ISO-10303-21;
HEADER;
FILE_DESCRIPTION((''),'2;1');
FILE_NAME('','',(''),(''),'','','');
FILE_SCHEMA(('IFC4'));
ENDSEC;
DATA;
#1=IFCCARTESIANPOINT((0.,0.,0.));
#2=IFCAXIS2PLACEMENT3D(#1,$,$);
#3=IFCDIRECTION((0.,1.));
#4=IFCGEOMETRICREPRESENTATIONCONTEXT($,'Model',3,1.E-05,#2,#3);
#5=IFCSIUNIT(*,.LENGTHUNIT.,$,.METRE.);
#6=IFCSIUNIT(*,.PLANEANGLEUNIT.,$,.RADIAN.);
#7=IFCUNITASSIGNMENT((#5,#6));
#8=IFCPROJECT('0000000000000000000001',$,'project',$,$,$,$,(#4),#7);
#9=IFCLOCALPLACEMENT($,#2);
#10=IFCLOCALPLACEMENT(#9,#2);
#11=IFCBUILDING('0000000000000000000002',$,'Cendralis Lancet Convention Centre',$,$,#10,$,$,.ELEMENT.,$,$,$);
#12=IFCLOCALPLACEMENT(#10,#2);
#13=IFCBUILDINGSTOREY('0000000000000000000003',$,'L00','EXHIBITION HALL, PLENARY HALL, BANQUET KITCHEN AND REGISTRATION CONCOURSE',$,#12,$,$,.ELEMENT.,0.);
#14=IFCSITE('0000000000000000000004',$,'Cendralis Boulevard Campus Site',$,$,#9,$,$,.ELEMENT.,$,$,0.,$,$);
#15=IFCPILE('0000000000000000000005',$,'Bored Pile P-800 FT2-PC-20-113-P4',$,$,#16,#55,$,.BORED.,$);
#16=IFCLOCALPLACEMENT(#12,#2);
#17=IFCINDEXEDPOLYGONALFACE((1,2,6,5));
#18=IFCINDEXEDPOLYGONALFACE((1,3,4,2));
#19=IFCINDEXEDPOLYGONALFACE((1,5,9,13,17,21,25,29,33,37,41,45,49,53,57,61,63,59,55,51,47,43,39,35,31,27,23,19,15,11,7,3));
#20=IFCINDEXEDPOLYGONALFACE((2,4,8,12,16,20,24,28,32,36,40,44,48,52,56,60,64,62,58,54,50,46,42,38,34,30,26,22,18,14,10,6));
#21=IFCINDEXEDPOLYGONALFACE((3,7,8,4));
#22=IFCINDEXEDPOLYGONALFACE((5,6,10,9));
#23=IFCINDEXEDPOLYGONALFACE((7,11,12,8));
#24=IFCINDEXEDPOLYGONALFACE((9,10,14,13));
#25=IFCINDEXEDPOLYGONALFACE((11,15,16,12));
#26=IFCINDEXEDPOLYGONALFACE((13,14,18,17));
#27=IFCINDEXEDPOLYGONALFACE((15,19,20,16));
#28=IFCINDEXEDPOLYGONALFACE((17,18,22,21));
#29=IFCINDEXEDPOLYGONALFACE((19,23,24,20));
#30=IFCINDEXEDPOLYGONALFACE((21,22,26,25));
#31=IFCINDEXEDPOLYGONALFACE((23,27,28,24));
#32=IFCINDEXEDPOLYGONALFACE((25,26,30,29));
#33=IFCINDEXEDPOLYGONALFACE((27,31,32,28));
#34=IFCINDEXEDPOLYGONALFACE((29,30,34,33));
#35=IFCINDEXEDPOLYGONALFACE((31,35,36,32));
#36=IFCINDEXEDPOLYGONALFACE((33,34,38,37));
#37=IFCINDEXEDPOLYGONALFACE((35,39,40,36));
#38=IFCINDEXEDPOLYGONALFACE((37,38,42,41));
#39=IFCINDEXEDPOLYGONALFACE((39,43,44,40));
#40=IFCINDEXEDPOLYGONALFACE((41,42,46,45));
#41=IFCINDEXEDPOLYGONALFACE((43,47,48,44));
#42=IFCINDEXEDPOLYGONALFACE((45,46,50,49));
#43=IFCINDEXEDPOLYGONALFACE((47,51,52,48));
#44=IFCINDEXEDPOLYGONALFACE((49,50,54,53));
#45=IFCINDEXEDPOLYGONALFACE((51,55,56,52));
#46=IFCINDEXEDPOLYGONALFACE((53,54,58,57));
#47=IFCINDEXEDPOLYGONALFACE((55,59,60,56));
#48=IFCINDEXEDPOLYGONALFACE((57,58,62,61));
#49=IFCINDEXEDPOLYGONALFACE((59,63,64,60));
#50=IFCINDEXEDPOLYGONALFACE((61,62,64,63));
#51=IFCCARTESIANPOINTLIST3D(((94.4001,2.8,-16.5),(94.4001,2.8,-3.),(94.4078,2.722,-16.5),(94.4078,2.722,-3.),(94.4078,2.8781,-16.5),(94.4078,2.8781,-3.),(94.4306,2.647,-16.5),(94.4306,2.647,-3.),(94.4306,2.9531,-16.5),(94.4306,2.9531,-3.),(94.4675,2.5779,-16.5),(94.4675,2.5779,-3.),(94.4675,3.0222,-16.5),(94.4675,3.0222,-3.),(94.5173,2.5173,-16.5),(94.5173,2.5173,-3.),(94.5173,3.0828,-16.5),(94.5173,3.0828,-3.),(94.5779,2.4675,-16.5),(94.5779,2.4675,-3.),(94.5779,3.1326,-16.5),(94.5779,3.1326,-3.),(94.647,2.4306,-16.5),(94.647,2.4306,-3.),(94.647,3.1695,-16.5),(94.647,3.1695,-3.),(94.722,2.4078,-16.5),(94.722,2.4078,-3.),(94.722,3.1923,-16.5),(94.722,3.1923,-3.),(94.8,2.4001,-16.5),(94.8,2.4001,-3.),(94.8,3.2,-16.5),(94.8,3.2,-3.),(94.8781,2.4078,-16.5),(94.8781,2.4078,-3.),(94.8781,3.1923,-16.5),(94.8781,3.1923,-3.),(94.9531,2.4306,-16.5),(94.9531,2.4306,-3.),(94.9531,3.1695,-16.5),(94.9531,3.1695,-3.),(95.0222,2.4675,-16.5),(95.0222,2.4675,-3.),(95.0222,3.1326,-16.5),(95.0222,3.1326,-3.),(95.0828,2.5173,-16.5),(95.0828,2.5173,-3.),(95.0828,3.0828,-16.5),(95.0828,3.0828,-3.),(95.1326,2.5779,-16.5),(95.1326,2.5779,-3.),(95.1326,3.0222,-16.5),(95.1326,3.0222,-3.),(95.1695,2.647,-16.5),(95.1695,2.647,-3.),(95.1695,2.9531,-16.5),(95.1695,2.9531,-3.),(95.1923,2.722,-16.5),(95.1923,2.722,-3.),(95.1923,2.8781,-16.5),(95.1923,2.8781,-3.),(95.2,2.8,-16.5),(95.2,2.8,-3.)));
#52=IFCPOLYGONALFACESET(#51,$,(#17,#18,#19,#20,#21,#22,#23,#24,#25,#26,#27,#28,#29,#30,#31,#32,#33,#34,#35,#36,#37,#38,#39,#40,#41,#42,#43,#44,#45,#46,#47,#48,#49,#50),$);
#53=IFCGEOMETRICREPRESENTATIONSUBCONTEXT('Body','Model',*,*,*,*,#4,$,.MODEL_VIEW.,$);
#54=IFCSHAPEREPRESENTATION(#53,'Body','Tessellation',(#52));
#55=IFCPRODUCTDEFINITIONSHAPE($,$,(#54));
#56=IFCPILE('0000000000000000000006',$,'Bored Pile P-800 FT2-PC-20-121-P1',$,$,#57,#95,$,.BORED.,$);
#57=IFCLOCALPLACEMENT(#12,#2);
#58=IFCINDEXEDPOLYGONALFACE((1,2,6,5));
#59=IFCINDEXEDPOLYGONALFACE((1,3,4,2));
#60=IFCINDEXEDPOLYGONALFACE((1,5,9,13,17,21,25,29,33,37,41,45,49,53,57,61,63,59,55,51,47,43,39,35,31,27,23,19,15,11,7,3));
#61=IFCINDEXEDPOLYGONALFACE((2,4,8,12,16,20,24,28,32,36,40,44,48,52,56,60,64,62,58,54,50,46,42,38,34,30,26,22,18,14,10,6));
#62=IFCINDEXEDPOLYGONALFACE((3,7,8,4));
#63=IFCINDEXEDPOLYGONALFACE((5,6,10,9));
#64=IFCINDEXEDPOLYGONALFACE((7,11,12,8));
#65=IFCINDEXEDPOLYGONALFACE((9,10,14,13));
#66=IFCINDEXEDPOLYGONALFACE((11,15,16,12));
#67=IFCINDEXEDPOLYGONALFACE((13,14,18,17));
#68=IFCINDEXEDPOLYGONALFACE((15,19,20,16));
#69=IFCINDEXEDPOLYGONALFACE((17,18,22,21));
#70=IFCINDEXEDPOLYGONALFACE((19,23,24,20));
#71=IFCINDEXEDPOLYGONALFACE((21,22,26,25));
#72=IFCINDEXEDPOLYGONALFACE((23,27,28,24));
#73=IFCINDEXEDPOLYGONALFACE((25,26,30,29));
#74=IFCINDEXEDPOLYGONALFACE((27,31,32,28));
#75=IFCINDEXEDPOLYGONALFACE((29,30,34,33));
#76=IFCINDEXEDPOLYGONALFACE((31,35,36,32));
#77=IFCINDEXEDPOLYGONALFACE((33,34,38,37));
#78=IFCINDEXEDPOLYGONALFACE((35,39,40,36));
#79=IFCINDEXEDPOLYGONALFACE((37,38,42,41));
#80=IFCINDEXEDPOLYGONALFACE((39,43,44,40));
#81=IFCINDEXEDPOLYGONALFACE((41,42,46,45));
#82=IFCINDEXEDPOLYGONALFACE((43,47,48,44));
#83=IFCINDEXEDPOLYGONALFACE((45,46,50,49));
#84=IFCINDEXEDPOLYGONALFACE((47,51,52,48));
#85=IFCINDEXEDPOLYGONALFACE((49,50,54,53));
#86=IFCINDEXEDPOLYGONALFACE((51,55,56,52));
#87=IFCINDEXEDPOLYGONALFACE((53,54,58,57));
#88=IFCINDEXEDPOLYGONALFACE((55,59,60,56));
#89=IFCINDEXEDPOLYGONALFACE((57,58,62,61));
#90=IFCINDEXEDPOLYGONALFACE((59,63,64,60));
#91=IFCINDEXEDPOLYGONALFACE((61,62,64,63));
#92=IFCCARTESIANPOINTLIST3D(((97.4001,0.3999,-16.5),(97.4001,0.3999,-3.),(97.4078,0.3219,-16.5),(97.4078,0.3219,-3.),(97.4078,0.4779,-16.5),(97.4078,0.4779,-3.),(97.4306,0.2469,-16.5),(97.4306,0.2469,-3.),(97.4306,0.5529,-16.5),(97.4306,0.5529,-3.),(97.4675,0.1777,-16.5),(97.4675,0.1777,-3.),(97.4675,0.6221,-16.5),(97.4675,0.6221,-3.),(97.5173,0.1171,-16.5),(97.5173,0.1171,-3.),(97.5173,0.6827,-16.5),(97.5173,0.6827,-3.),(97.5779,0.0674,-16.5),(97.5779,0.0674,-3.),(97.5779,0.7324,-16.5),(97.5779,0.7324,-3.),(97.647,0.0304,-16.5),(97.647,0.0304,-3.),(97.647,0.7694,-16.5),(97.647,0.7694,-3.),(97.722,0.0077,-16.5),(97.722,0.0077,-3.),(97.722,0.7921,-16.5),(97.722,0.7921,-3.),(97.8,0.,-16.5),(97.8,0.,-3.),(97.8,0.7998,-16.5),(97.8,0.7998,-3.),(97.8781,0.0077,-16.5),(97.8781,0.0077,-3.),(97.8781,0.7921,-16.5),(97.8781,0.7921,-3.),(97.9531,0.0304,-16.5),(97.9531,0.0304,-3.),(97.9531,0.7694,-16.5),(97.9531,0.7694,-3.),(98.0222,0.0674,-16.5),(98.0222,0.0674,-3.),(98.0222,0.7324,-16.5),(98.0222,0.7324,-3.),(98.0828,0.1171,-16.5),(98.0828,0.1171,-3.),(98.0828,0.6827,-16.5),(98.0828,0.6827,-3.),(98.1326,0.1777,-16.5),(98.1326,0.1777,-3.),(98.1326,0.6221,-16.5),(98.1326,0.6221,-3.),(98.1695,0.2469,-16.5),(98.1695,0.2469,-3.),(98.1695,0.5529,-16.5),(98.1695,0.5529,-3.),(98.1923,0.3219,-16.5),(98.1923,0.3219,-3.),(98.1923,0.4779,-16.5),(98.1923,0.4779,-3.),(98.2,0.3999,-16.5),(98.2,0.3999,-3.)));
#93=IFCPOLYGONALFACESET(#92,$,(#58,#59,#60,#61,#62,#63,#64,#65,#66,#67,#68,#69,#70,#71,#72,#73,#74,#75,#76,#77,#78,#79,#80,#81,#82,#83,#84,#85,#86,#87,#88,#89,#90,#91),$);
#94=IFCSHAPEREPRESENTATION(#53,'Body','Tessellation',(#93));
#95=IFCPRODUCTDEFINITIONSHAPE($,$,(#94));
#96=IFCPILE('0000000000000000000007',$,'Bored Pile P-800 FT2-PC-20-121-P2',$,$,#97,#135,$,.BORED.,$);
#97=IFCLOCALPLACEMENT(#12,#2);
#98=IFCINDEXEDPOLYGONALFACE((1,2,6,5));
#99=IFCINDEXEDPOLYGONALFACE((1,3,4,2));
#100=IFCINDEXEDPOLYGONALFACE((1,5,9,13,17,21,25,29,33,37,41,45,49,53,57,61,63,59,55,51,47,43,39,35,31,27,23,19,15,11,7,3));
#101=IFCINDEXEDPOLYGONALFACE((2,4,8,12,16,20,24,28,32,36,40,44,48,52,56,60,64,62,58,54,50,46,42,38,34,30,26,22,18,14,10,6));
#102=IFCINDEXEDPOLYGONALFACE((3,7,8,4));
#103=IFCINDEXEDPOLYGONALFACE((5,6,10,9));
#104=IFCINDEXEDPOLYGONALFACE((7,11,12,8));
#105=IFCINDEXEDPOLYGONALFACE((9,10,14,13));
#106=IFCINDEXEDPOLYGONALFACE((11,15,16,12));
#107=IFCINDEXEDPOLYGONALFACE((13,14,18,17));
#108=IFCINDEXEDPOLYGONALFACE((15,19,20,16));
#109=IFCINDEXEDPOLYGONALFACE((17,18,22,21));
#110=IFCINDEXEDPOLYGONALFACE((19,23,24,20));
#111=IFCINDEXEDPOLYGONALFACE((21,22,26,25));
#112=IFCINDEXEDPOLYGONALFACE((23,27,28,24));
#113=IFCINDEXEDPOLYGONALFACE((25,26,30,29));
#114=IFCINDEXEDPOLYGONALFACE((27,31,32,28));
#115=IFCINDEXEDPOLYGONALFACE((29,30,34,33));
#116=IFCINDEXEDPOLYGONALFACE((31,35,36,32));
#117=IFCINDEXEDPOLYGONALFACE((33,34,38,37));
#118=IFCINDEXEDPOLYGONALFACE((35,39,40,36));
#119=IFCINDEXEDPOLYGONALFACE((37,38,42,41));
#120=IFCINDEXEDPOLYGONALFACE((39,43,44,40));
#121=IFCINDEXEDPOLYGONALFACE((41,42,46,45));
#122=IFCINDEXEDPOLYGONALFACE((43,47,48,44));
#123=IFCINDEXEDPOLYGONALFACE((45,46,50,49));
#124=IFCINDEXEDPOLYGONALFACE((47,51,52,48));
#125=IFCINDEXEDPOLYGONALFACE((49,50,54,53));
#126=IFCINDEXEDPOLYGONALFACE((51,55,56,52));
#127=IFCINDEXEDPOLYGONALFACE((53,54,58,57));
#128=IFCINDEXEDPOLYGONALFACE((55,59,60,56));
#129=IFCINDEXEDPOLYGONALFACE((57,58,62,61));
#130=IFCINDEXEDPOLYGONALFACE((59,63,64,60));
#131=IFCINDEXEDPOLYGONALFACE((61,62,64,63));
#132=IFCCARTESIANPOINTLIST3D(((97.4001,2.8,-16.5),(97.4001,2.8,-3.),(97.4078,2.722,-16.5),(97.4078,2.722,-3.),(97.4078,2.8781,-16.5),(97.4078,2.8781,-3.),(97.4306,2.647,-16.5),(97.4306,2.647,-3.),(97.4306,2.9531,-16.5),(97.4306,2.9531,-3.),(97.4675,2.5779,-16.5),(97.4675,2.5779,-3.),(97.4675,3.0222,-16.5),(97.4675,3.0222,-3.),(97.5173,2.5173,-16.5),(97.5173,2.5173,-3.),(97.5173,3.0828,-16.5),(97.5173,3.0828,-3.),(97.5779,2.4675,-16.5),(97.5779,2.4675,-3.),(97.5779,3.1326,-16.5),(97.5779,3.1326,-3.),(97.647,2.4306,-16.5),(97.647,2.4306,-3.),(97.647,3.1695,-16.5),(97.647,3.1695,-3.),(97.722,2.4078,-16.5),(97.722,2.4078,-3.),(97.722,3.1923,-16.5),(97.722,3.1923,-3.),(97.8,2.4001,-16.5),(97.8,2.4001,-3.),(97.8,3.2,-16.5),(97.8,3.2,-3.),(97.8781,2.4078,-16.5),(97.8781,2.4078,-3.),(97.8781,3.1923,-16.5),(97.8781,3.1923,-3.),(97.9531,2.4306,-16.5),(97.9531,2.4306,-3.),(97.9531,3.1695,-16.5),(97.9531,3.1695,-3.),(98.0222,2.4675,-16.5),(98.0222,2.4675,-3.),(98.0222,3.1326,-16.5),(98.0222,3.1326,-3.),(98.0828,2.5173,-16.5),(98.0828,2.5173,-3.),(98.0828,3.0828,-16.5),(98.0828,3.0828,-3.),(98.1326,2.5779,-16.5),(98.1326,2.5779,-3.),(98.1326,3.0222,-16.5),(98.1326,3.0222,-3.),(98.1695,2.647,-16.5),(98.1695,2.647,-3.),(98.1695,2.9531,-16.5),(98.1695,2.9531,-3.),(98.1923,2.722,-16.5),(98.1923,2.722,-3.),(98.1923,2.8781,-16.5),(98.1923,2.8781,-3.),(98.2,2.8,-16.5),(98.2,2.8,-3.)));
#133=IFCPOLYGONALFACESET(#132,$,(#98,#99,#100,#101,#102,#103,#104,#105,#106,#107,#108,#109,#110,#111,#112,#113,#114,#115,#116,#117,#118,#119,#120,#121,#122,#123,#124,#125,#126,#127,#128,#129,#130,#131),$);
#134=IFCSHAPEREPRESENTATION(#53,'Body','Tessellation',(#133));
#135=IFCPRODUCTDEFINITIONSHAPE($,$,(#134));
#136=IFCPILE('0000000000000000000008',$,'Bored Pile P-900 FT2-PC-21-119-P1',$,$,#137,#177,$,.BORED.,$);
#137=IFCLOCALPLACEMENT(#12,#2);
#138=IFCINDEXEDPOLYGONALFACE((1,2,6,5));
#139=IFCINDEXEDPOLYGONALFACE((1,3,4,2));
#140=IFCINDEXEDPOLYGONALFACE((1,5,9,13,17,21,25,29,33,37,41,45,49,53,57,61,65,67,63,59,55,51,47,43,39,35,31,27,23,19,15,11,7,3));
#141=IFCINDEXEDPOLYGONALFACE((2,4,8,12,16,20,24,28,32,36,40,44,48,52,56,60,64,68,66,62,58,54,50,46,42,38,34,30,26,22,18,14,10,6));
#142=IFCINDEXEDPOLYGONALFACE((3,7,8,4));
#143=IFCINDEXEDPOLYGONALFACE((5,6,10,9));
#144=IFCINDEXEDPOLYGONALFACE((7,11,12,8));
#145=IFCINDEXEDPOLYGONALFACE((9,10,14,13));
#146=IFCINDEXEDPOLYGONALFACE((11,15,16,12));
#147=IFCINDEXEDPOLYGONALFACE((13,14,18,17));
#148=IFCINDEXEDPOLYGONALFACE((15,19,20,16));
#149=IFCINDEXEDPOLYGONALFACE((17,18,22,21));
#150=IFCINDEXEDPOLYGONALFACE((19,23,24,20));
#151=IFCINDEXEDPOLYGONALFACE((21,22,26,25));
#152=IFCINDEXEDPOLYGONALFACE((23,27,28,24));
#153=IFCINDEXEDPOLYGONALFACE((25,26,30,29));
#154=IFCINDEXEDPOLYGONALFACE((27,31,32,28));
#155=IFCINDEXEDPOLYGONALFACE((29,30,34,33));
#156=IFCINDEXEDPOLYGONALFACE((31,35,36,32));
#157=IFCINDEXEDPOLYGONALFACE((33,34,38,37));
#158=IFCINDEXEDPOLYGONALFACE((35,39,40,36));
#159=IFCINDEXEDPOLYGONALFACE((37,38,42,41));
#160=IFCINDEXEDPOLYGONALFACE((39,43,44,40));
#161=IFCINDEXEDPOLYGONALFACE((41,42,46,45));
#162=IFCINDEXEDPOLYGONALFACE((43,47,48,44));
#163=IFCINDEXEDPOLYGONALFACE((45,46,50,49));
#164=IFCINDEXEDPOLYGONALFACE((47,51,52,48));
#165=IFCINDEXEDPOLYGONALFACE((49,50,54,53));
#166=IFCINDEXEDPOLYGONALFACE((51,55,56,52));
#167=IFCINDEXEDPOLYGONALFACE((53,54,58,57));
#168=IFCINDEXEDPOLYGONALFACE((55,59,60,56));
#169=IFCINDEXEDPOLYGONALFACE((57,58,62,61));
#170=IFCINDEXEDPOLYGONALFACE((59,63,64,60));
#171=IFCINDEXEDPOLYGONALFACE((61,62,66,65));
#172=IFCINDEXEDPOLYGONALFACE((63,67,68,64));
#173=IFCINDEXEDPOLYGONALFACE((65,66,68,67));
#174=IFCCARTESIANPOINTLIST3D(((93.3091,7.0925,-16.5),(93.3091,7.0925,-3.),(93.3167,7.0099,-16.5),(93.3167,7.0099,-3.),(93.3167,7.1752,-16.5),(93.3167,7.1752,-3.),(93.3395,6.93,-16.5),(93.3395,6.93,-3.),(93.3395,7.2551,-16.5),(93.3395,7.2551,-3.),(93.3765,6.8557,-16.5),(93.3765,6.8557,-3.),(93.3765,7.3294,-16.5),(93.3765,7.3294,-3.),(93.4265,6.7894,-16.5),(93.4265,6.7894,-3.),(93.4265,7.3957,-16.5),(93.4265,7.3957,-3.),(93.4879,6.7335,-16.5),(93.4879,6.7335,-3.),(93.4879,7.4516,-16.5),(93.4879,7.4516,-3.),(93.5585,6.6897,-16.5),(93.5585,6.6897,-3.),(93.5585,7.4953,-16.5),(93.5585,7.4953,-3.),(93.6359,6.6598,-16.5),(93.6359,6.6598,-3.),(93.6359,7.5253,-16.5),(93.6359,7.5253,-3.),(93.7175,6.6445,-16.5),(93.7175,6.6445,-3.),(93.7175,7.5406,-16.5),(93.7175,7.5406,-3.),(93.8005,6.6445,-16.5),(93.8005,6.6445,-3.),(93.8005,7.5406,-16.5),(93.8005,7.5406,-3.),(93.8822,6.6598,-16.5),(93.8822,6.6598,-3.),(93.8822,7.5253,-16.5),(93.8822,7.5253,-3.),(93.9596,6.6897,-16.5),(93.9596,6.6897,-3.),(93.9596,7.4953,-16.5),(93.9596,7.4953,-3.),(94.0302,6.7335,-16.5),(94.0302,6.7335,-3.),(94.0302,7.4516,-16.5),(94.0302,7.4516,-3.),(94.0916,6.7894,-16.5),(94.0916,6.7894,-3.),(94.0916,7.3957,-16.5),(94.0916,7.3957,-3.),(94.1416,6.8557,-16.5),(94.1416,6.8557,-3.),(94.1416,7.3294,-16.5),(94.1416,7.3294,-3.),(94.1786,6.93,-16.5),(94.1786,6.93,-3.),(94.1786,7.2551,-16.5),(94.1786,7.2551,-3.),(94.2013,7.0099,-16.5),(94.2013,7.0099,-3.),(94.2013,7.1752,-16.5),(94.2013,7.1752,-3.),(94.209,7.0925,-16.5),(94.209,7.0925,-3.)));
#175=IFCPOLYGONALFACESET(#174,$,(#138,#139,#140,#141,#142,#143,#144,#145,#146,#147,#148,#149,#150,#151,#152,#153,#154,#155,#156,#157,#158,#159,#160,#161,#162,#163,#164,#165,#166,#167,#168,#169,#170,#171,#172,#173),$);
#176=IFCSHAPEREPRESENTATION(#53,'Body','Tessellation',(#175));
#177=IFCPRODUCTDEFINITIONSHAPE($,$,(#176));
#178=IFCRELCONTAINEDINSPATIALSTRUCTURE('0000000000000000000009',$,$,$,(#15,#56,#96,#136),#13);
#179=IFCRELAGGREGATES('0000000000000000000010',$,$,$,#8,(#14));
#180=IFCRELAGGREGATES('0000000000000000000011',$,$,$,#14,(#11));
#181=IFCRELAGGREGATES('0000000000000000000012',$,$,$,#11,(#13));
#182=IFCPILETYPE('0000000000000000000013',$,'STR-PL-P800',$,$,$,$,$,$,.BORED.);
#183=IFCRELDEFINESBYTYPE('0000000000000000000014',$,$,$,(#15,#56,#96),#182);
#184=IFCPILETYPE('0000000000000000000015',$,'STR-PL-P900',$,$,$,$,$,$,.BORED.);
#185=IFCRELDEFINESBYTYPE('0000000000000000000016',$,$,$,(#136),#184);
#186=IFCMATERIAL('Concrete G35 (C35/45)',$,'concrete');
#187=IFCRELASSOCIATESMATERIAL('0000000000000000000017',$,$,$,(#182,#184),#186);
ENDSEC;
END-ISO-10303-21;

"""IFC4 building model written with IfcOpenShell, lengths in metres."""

from ifc_helpers import new_model, si_unit, direction, frame, origin, origin_2d, place, context, subcontext, project, spatial, circle, extrude, material, material_profile, profile_set, type_object, element, save


model = new_model("IFC4")

# Units and contexts
model_context = context("Model", 3, precision=1e-05, world=origin(), true_north=direction((0.0, 1.0)))
body_context = subcontext(model_context, "Body", "Model", "MODEL_VIEW")
ifc_project = project(units=[si_unit("LENGTHUNIT", "METRE"), si_unit("PLANEANGLEUNIT", "RADIAN")], contexts=[model_context])

# Site, building, storey
site_placement = place(None, origin())
site = spatial("IfcSite", under=ifc_project, at=site_placement, Name="Cendralis Boulevard Campus Site", CompositionType="ELEMENT", RefElevation=0.0)
building_placement = place(site_placement, origin())
building = spatial("IfcBuilding", under=site, at=building_placement, Name="Cendralis Lancet Convention Centre", CompositionType="ELEMENT")
storey_placement = place(building_placement, origin())
storey = spatial("IfcBuildingStorey", under=building, at=storey_placement, Name="L00", Description="EXHIBITION HALL, PLENARY HALL, BANQUET KITCHEN AND REGISTRATION CONCOURSE", CompositionType="ELEMENT", Elevation=0.0)

# Shared definitions
ifc_material_1 = material(Name="Concrete G35 (C35/45)", Category="concrete")

# Piles
ifc_material_profile_1 = material_profile(ifc_material_1, circle(Radius=0.3999, at=origin_2d()), Name="BORED PILE D800")
ifc_profile_set_1 = profile_set([ifc_material_profile_1], Name="Concrete G35 (C35/45)")
pile_type_1 = type_object("IfcPileType", Name="STR-PL-P800", PredefinedType="BORED", material=ifc_profile_set_1)
for number, where, z_axis, x_axis, name in (
    (1, (94.8, 2.8, -3.0), (0.0, 0.0, -1.0), (1.0, 0.0, 0.0), "Bored Pile P-800 FT2-PC-20-113-P4"),
    (2, (97.8, 0.3999, -3.0), (0.0, 0.0, -1.0), (1.0, 0.0, 0.0), "Bored Pile P-800 FT2-PC-20-121-P1"),
    (3, (97.8, 2.8, -3.0), (0.0, 0.0, -1.0), (1.0, 0.0, 0.0), "Bored Pile P-800 FT2-PC-20-121-P2"),
):
    element("IfcPile", number, at=place(storey_placement, frame(where, z_axis=z_axis, x_axis=x_axis)), inside=storey, type_object=pile_type_1, Name=name, PredefinedType="BORED", context=body_context, shape_type="SweptSolid", body=[
        extrude(circle(Radius=0.3999, at=origin_2d()), origin(), (0.0, 0.0, 1.0), 13.5),
    ])
ifc_material_profile_2 = material_profile(ifc_material_1, circle(Radius=0.45, at=origin_2d()), Name="BORED PILE D900")
ifc_profile_set_2 = profile_set([ifc_material_profile_2], Name="Concrete G35 (C35/45)")
pile_type_2 = type_object("IfcPileType", Name="STR-PL-P900", PredefinedType="BORED", material=ifc_profile_set_2)
for number, where, z_axis, x_axis, name in (
    (4, (93.759, 7.0925, -3.0), (0.0, 0.0, -1.0), (1.0, 0.0, 0.0), "Bored Pile P-900 FT2-PC-21-119-P1"),
):
    element("IfcPile", number, at=place(storey_placement, frame(where, z_axis=z_axis, x_axis=x_axis)), inside=storey, type_object=pile_type_2, Name=name, PredefinedType="BORED", context=body_context, shape_type="SweptSolid", body=[
        extrude(circle(Radius=0.45, at=origin_2d()), origin(), (0.0, 0.0, 1.0), 13.5),
    ])

save(model, "model.ifc")
